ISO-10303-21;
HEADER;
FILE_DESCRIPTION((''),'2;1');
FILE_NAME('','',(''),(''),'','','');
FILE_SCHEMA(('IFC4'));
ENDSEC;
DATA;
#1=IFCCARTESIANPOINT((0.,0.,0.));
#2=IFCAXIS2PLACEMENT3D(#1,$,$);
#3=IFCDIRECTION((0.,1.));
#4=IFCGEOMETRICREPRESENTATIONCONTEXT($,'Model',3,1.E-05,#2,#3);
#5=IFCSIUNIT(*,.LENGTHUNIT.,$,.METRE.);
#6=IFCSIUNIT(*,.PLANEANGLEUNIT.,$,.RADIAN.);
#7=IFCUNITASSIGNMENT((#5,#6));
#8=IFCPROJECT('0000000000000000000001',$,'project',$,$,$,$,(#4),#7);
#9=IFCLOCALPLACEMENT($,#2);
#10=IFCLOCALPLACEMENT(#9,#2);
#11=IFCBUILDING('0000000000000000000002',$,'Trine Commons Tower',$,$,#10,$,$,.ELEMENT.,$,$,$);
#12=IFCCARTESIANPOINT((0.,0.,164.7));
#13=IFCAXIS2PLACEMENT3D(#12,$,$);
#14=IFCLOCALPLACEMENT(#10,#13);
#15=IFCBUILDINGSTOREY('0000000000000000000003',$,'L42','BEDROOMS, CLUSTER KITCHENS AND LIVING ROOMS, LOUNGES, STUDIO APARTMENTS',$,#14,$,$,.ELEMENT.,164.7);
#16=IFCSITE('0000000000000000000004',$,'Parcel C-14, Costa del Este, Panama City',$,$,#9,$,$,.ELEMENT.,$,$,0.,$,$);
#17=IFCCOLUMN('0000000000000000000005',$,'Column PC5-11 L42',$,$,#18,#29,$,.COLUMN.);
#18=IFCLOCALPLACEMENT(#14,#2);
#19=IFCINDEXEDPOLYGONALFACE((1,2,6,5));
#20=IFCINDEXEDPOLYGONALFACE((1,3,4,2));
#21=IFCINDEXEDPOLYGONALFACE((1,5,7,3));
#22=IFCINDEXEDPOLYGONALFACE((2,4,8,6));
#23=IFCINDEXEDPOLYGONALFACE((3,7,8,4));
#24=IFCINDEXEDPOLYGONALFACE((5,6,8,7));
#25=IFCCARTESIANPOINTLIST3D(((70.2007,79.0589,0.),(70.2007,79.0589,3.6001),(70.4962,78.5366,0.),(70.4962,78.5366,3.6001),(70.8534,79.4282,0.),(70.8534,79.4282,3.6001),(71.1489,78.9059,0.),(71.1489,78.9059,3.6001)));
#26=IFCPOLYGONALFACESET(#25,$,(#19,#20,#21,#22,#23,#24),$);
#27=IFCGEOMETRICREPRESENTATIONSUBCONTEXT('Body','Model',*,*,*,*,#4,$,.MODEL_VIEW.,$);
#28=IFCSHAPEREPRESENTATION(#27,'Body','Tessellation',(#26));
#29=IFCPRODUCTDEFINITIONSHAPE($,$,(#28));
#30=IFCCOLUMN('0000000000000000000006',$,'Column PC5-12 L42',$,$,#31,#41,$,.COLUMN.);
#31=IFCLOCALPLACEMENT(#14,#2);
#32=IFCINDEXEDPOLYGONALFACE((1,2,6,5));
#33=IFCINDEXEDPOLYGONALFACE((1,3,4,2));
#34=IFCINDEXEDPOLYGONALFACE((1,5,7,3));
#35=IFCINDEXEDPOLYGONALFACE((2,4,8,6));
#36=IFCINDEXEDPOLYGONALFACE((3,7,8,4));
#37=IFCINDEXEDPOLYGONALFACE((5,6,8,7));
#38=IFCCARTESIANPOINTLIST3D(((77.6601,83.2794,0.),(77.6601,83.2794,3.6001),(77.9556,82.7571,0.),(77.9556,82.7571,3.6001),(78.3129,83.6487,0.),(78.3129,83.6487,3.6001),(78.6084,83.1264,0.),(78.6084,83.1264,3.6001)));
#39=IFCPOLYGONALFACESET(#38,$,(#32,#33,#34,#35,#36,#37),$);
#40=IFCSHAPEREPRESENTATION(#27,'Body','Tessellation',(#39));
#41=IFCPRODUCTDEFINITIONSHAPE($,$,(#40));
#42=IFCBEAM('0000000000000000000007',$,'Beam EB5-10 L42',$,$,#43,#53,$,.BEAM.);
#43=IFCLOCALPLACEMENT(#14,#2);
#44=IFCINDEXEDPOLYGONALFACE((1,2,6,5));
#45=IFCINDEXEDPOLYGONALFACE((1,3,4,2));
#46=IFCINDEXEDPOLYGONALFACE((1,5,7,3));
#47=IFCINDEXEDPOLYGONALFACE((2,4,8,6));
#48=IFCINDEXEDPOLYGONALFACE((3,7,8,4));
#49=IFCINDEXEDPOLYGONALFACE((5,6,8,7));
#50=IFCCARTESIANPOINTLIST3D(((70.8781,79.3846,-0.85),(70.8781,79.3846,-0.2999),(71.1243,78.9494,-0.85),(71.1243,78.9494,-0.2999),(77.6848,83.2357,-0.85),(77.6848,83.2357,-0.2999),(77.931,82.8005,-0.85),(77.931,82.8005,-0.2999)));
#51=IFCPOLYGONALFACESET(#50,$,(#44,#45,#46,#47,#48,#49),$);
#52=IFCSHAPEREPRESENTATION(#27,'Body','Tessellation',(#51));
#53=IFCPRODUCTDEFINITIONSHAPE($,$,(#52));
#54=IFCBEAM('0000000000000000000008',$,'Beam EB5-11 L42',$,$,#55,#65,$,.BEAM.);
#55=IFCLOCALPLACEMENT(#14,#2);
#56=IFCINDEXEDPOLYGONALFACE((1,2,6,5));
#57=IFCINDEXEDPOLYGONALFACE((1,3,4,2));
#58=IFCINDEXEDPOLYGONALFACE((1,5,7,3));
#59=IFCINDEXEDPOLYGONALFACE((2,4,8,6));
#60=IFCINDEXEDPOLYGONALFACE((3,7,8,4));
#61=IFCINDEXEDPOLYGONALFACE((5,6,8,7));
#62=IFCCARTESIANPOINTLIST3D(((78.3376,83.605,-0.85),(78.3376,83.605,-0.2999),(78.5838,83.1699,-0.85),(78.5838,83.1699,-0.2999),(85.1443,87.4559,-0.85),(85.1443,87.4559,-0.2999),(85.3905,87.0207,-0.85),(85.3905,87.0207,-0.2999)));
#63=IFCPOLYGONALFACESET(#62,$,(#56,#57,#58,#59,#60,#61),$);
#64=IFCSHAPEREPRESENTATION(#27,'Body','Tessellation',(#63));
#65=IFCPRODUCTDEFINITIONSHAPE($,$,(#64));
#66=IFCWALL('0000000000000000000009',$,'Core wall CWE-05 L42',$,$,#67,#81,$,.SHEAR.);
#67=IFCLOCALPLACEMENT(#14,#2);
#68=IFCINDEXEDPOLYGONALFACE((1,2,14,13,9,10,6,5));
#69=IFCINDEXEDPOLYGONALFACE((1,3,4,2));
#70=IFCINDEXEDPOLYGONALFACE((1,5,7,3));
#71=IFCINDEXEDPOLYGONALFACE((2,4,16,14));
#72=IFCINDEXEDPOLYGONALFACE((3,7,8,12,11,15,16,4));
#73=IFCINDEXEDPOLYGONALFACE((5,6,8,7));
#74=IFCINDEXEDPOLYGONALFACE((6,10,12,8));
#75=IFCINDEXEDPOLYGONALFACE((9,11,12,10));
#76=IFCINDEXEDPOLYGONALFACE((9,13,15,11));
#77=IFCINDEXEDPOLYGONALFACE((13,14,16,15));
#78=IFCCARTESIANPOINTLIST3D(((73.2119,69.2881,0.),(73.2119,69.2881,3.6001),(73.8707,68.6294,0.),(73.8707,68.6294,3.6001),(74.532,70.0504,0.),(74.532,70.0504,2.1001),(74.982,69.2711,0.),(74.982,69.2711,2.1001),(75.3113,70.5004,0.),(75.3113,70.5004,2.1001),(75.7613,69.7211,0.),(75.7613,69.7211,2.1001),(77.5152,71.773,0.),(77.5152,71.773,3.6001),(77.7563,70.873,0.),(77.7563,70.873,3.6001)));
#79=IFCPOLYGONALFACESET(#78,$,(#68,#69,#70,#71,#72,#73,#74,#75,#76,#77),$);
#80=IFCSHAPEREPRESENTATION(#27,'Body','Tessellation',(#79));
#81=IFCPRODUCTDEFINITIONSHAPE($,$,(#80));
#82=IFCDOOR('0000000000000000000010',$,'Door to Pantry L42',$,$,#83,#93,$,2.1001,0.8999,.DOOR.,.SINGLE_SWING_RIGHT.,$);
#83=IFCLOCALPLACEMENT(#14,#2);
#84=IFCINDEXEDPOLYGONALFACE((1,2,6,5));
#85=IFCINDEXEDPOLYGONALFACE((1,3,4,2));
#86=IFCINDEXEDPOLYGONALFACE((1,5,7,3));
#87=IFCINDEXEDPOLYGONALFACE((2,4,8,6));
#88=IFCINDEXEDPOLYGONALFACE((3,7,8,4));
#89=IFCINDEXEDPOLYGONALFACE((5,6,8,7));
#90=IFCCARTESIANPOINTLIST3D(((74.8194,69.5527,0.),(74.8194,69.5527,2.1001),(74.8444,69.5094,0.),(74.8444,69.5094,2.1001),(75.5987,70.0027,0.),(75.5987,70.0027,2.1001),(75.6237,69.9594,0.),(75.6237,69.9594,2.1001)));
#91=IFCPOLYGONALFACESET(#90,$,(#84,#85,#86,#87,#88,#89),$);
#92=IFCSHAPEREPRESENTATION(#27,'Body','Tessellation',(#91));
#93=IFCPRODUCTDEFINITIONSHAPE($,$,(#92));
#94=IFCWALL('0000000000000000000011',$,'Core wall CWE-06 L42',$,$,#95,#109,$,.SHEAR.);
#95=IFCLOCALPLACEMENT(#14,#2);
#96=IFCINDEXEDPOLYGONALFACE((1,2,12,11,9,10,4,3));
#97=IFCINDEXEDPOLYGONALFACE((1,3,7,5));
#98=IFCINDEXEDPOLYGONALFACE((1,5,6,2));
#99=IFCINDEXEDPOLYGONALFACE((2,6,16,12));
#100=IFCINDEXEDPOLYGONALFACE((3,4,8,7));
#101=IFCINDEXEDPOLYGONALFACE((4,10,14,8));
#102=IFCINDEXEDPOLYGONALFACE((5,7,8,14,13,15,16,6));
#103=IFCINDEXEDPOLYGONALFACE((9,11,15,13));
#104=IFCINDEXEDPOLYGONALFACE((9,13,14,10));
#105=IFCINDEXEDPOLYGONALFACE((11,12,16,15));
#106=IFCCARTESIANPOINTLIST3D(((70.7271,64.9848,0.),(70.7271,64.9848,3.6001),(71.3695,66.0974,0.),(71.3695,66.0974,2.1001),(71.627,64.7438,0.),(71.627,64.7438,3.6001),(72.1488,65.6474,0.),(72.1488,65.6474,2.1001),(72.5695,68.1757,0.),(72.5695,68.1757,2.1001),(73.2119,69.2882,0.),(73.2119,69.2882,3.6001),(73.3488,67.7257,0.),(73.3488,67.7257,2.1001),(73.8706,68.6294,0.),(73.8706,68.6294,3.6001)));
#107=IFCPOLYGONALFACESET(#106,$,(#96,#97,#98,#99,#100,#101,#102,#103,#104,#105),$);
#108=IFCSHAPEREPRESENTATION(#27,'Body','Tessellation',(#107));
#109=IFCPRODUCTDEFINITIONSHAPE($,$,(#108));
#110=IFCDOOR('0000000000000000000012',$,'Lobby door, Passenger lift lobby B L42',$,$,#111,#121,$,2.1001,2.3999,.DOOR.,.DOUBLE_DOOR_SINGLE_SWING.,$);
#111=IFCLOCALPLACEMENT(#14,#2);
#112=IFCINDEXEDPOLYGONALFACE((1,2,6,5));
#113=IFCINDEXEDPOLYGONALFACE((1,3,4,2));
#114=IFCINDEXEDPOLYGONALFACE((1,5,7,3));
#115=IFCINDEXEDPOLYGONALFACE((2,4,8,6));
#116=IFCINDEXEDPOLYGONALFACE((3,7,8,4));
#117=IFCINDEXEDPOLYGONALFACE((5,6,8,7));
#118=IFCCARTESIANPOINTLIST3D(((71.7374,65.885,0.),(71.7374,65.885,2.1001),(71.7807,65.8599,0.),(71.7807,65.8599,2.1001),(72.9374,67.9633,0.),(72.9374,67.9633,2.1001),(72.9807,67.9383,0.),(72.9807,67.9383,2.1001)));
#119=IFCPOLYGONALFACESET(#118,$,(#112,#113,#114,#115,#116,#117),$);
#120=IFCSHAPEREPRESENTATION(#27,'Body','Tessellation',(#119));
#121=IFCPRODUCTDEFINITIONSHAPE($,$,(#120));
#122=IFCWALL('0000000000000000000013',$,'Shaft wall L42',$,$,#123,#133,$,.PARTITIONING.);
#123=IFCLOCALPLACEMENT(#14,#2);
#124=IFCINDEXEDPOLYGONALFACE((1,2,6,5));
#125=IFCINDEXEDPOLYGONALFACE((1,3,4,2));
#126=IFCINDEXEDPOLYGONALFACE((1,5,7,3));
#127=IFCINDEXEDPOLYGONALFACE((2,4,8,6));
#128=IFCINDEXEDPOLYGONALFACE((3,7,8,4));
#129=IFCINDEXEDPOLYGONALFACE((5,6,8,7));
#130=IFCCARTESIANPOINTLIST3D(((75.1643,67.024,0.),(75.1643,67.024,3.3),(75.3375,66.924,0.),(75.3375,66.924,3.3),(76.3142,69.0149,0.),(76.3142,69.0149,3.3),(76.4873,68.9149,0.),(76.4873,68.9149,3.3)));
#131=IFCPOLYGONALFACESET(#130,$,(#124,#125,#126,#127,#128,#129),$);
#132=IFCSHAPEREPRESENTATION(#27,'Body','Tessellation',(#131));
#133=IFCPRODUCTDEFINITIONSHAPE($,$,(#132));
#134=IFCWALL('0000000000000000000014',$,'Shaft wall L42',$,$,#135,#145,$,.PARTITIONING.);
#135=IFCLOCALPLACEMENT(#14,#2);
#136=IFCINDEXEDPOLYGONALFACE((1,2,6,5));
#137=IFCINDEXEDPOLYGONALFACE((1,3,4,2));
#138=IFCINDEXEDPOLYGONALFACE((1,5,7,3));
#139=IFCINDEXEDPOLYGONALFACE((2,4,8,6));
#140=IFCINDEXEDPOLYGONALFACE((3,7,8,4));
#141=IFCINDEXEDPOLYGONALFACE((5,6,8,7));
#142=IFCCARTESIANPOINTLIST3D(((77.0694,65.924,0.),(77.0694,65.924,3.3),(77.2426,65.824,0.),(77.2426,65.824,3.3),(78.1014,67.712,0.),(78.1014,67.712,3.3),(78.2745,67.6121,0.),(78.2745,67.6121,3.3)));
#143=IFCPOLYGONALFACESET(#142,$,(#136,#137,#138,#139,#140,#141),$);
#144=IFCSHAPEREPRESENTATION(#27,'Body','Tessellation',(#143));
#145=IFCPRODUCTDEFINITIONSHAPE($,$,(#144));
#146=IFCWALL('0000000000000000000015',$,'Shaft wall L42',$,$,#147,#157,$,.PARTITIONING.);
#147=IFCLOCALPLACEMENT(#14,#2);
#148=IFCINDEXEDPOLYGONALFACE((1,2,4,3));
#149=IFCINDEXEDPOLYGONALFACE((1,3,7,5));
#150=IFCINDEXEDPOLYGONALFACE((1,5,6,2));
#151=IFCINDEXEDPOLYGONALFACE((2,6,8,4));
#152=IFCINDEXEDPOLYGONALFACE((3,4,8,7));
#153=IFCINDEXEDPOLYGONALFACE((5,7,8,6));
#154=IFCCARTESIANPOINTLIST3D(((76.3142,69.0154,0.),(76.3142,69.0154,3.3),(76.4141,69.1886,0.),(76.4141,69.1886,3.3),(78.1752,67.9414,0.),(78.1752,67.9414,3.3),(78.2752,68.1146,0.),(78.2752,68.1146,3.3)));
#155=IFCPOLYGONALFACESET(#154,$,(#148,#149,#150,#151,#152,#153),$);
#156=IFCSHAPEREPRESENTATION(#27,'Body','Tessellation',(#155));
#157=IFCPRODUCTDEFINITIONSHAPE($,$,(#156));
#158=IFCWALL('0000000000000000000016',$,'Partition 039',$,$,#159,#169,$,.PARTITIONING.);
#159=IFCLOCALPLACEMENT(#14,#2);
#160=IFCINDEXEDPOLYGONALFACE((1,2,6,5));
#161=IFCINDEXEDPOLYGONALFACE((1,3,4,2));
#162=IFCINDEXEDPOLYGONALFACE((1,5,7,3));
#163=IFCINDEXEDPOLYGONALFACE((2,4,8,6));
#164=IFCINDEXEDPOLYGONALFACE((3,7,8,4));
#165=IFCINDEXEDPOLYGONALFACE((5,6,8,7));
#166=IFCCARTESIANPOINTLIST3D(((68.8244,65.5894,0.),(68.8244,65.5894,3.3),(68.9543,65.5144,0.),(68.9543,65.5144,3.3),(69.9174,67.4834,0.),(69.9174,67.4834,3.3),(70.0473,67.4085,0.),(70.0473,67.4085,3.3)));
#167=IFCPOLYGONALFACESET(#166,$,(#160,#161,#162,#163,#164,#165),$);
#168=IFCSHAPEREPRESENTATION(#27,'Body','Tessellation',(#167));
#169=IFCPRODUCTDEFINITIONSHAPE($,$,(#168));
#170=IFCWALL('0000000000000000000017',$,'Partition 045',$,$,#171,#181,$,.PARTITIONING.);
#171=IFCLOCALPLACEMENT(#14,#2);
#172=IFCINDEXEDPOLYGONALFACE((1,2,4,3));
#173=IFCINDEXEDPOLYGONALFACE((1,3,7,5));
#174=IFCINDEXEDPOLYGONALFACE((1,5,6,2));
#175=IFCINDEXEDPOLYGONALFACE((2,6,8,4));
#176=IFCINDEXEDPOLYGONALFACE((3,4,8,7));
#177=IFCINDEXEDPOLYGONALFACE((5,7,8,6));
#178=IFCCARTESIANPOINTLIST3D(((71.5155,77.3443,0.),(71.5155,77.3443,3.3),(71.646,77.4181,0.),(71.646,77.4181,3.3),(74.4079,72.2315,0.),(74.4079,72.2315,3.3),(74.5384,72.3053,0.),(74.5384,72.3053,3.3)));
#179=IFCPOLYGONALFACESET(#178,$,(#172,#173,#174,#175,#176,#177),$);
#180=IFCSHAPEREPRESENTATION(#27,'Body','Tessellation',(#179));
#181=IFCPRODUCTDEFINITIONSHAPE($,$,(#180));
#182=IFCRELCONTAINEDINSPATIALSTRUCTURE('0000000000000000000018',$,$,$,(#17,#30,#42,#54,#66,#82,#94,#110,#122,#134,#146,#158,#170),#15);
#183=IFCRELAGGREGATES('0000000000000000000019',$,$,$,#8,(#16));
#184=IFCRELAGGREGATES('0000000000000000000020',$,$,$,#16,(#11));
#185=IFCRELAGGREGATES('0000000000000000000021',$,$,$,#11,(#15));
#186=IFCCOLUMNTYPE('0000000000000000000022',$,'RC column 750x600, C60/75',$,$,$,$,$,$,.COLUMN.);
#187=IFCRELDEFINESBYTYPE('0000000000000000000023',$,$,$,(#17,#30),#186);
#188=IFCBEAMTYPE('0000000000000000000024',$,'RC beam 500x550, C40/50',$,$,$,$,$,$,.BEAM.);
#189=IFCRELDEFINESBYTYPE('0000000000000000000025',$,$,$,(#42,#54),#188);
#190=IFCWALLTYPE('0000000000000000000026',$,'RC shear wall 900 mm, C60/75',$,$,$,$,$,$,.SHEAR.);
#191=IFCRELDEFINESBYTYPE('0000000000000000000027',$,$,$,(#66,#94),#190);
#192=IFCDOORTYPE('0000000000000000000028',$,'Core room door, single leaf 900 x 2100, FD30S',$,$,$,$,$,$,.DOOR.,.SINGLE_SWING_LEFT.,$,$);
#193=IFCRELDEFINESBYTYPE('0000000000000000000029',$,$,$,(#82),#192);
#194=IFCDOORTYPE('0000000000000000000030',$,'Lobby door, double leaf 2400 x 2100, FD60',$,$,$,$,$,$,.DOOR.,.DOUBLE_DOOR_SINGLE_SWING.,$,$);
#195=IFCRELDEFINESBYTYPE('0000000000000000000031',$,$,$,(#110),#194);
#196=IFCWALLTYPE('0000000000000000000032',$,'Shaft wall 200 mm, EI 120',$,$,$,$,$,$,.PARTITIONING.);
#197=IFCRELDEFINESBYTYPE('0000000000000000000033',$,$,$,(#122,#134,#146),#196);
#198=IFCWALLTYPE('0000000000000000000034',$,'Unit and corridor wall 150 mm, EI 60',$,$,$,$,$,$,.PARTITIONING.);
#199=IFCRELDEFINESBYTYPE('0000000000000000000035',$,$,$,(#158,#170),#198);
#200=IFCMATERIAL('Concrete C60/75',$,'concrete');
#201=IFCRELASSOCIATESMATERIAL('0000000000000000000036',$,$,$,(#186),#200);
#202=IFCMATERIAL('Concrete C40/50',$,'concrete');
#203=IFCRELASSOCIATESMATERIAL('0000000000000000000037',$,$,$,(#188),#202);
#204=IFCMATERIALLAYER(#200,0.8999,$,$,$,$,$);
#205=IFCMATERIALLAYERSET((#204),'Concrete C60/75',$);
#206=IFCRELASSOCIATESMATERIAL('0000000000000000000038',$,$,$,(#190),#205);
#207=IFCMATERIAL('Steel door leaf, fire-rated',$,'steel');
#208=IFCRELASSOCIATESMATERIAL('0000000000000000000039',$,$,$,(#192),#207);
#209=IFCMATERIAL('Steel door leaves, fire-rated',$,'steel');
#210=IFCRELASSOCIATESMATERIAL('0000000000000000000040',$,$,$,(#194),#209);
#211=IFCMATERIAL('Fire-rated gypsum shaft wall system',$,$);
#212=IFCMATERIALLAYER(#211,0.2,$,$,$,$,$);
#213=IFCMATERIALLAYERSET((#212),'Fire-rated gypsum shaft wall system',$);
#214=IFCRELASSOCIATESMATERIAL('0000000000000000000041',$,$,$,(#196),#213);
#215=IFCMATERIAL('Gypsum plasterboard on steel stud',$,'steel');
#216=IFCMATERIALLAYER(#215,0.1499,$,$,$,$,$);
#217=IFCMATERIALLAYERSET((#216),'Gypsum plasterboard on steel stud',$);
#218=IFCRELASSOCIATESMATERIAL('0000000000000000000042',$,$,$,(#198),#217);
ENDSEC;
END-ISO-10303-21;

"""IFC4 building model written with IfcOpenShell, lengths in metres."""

from ifc_helpers import new_model, si_unit, direction, frame, frame_2d, origin, origin_2d, place, context, subcontext, project, spatial, polyline, rectangle, outline, extrude, material, layer, layer_set, material_profile, profile_set, type_object, element, fill, save


model = new_model("IFC4")

# Units and contexts
model_context = context("Model", 3, precision=1e-05, world=origin(), true_north=direction((0.0, 1.0)))
body_context = subcontext(model_context, "Body", "Model", "MODEL_VIEW")
ifc_project = project(units=[si_unit("LENGTHUNIT", "METRE"), si_unit("PLANEANGLEUNIT", "RADIAN")], contexts=[model_context])

# Site, building, storey
site_placement = place(None, origin())
site = spatial("IfcSite", under=ifc_project, at=site_placement, Name="Parcel C-14, Costa del Este, Panama City", CompositionType="ELEMENT", RefElevation=0.0)
building_placement = place(site_placement, origin())
building = spatial("IfcBuilding", under=site, at=building_placement, Name="Trine Commons Tower", CompositionType="ELEMENT")
storey_placement = place(building_placement, frame((0.0, 0.0, 164.7)))
storey = spatial("IfcBuildingStorey", under=building, at=storey_placement, Name="L42", Description="BEDROOMS, CLUSTER KITCHENS AND LIVING ROOMS, LOUNGES, STUDIO APARTMENTS", CompositionType="ELEMENT", Elevation=164.7)

# Columns
ifc_material_1 = material(Name="Concrete C60/75", Category="concrete")
ifc_material_profile_1 = material_profile(ifc_material_1, rectangle(XDim=0.75, YDim=0.6001, at=origin_2d()), Name="RC 750x600")
ifc_profile_set_1 = profile_set([ifc_material_profile_1], Name="Concrete C60/75")
column_type = type_object("IfcColumnType", Name="RC column 750x600, C60/75", PredefinedType="COLUMN", material=ifc_profile_set_1)
for number, where, z_axis, x_axis, name in (
    (1, (70.6748, 78.9824, 0.0), (0.0, 0.0, 1.0), (0.870356, 0.492424, 0.0), "Column PC5-11 L42"),
    (2, (78.1343, 83.2029, 0.0), (0.0, 0.0, 1.0), (0.870356, 0.492424, 0.0), "Column PC5-12 L42"),
):
    element("IfcColumn", number, at=place(storey_placement, frame(where, z_axis=z_axis, x_axis=x_axis)), inside=storey, type_object=column_type, Name=name, PredefinedType="COLUMN", context=body_context, shape_type="SweptSolid", body=[
        extrude(rectangle(XDim=0.75, YDim=0.6001, at=origin_2d()), origin(), (0.0, 0.0, 1.0), 3.6001),
    ])

# Beams
ifc_material_2 = material(Name="Concrete C40/50", Category="concrete")
ifc_material_profile_2 = material_profile(ifc_material_2, rectangle(XDim=0.5, YDim=0.55, at=origin_2d()), Name="RC 500x550")
ifc_profile_set_2 = profile_set([ifc_material_profile_2], Name="Concrete C40/50")
beam_type = type_object("IfcBeamType", Name="RC beam 500x550, C40/50", PredefinedType="BEAM", material=ifc_profile_set_2)
for number, where, z_axis, x_axis, name in (
    (3, (71.0012, 79.167, -0.575), (0.870352, 0.49243, 0.0), (-0.49243, 0.870352, 0.0), "Beam EB5-10 L42"),
    (4, (78.4607, 83.3875, -0.575), (0.870366, 0.492406, 0.0), (-0.492406, 0.870366, 0.0), "Beam EB5-11 L42"),
):
    element("IfcBeam", number, at=place(storey_placement, frame(where, z_axis=z_axis, x_axis=x_axis)), inside=storey, type_object=beam_type, Name=name, PredefinedType="BEAM", context=body_context, shape_type="SweptSolid", body=[
        extrude(rectangle(XDim=0.5, YDim=0.55, at=origin_2d()), origin(), (0.0, 0.0, 1.0), 7.8206),
    ])

# Walls, openings, doors
ifc_layer_1 = layer(ifc_material_1, 0.8999)
ifc_layer_set_1 = layer_set([ifc_layer_1], Name="Concrete C60/75")
wall_type_1 = type_object("IfcWallType", Name="RC shear wall 900 mm, C60/75", PredefinedType="SHEAR", material=ifc_layer_set_1)
wall_1_placement = place(storey_placement, frame((77.7402, 71.3833, 0.0), z_axis=(0.0, 0.0, 1.0), x_axis=(-0.866003, -0.500039, 0.0)))
wall_1 = element("IfcWall", 5, at=wall_1_placement, inside=storey, type_object=wall_type_1, Name="Core wall CWE-05 L42", PredefinedType="SHEAR", context=body_context, shape_type="SweptSolid", body=[
    extrude(outline(polyline([(0.0, -0.45), (4.9692, -0.45), (4.728, 0.45), (0.2412, 0.45), (0.0, -0.45)])), origin(), (0.0, 0.0, 1.0), 3.6001),
])
opening_1_placement = place(wall_1_placement, frame((2.5449, 0.0, 0.0)))
opening_1 = element("IfcOpeningElement", 6, at=opening_1_placement, cuts=wall_1, PredefinedType="OPENING", context=body_context, shape_type="SweptSolid", body=[
    extrude(rectangle(XDim=0.8999, YDim=2.1001, at=frame_2d((0.45, 1.05))), frame((0.0, 0.46, 0.0), z_axis=(0.0, -1.0, 0.0), x_axis=(1.0, 0.0, 0.0)), (0.0, 0.0, 1.0), 0.9199),
])
ifc_material_3 = material(Name="Steel door leaf, fire-rated", Category="steel")
door_type_1 = type_object("IfcDoorType", Name="Core room door, single leaf 900 x 2100, FD30S", OperationType="SINGLE_SWING_LEFT", PredefinedType="DOOR", material=ifc_material_3)
door_1_placement = place(opening_1_placement, origin())
door_1 = element("IfcDoor", 7, at=door_1_placement, inside=storey, type_object=door_type_1, Name="Door to Pantry L42", OperationType="SINGLE_SWING_RIGHT", OverallHeight=2.1001, OverallWidth=0.8999, PredefinedType="DOOR", context=body_context, shape_type="SweptSolid", body=[
    extrude(rectangle(XDim=0.8999, YDim=2.1001, at=frame_2d((0.45, 1.05))), frame((0.0, 0.1748, 0.0), z_axis=(0.0, -1.0, 0.0), x_axis=(1.0, 0.0, 0.0)), (0.0, 0.0, 1.0), 0.05),
])
fill(opening_1, door_1)
wall_2_placement = place(storey_placement, frame((73.6016, 69.0632, 0.0), z_axis=(0.0, 0.0, 1.0), x_axis=(-0.500039, -0.866003, 0.0)))
wall_2 = element("IfcWall", 8, at=wall_2_placement, inside=storey, type_object=wall_type_1, Name="Core wall CWE-06 L42", PredefinedType="SHEAR", context=body_context, shape_type="SweptSolid", body=[
    extrude(outline(polyline([(0.0, -0.45), (4.9692, -0.45), (4.728, 0.45), (0.2412, 0.45), (0.0, -0.45)])), origin(), (0.0, 0.0, 1.0), 3.6001),
])
opening_2_placement = place(wall_2_placement, frame((1.2847, 0.0, 0.0)))
opening_2 = element("IfcOpeningElement", 9, at=opening_2_placement, cuts=wall_2, PredefinedType="OPENING", context=body_context, shape_type="SweptSolid", body=[
    extrude(rectangle(XDim=2.3999, YDim=2.1001, at=frame_2d((1.2, 1.05))), frame((0.0, 0.46, 0.0), z_axis=(0.0, -1.0, 0.0), x_axis=(1.0, 0.0, 0.0)), (0.0, 0.0, 1.0), 0.9199),
])
ifc_material_4 = material(Name="Steel door leaves, fire-rated", Category="steel")
door_type_2 = type_object("IfcDoorType", Name="Lobby door, double leaf 2400 x 2100, FD60", OperationType="DOUBLE_DOOR_SINGLE_SWING", PredefinedType="DOOR", material=ifc_material_4)
door_2_placement = place(opening_2_placement, origin())
door_2 = element("IfcDoor", 10, at=door_2_placement, inside=storey, type_object=door_type_2, Name="Lobby door, Passenger lift lobby B L42", OperationType="DOUBLE_DOOR_SINGLE_SWING", OverallHeight=2.1001, OverallWidth=2.3999, PredefinedType="DOOR", context=body_context, shape_type="SweptSolid", body=[
    extrude(rectangle(XDim=2.3999, YDim=2.1001, at=frame_2d((1.2, 1.05))), frame((0.0, 0.0249, 0.0), z_axis=(0.0, -1.0, 0.0), x_axis=(1.0, 0.0, 0.0)), (0.0, 0.0, 1.0), 0.05),
])
fill(opening_2, door_2)

# Walls
ifc_material_5 = material(Name="Fire-rated gypsum shaft wall system")
ifc_layer_2 = layer(ifc_material_5, 0.2)
ifc_layer_set_2 = layer_set([ifc_layer_2], Name="Fire-rated gypsum shaft wall system")
wall_type_2 = type_object("IfcWallType", Name="Shaft wall 200 mm, EI 120", PredefinedType="PARTITIONING", material=ifc_layer_set_2)
wall_3_placement = place(storey_placement, frame((75.251, 66.9741, 0.0), z_axis=(0.0, 0.0, 1.0), x_axis=(0.500136, 0.865947, 0.0)))
element("IfcWall", 11, at=wall_3_placement, inside=storey, type_object=wall_type_2, Name="Shaft wall L42", PredefinedType="PARTITIONING", context=body_context, shape_type="SweptSolid", body=[
    extrude(rectangle(XDim=2.2991, YDim=0.2, at=frame_2d((1.1494, 0.0))), origin(), (0.0, 0.0, 1.0), 3.3),
])
wall_4_placement = place(storey_placement, frame((77.156, 65.874, 0.0), z_axis=(0.0, 0.0, 1.0), x_axis=(0.499866, 0.866103, 0.0)))
element("IfcWall", 12, at=wall_4_placement, inside=storey, type_object=wall_type_2, Name="Shaft wall L42", PredefinedType="PARTITIONING", context=body_context, shape_type="SweptSolid", body=[
    extrude(rectangle(XDim=2.0645, YDim=0.2, at=frame_2d((1.0322, 0.0))), origin(), (0.0, 0.0, 1.0), 3.3),
])
wall_5_placement = place(storey_placement, frame((78.2251, 68.0281, 0.0), z_axis=(0.0, 0.0, 1.0), x_axis=(-0.866131, 0.499818, 0.0)))
element("IfcWall", 13, at=wall_5_placement, inside=storey, type_object=wall_type_2, Name="Shaft wall L42", PredefinedType="PARTITIONING", context=body_context, shape_type="SweptSolid", body=[
    extrude(rectangle(XDim=2.1487, YDim=0.2, at=frame_2d((1.0742, 0.0))), origin(), (0.0, 0.0, 1.0), 3.3),
])
ifc_material_6 = material(Name="Gypsum plasterboard on steel stud", Category="steel")
ifc_layer_3 = layer(ifc_material_6, 0.1499)
ifc_layer_set_3 = layer_set([ifc_layer_3], Name="Gypsum plasterboard on steel stud")
wall_type_3 = type_object("IfcWallType", Name="Unit and corridor wall 150 mm, EI 60", PredefinedType="PARTITIONING", material=ifc_layer_set_3)
wall_6_placement = place(storey_placement, frame((68.8894, 65.552, 0.0), z_axis=(0.0, 0.0, 1.0), x_axis=(0.499826, 0.866126, 0.0)))
element("IfcWall", 14, at=wall_6_placement, inside=storey, type_object=wall_type_3, Name="Partition 039", PredefinedType="PARTITIONING", context=body_context, shape_type="SweptSolid", body=[
    extrude(rectangle(XDim=2.1868, YDim=0.1499, at=frame_2d((1.0933, 0.0))), origin(), (0.0, 0.0, 1.0), 3.3),
])
wall_7_placement = place(storey_placement, frame((71.5808, 77.3811, 0.0), z_axis=(0.0, 0.0, 1.0), x_axis=(0.492379, -0.870381, 0.0)))
element("IfcWall", 15, at=wall_7_placement, inside=storey, type_object=wall_type_3, Name="Partition 045", PredefinedType="PARTITIONING", context=body_context, shape_type="SweptSolid", body=[
    extrude(rectangle(XDim=5.8743, YDim=0.1499, at=frame_2d((2.937, 0.0))), origin(), (0.0, 0.0, 1.0), 3.3),
])

save(model, "model.ifc")
